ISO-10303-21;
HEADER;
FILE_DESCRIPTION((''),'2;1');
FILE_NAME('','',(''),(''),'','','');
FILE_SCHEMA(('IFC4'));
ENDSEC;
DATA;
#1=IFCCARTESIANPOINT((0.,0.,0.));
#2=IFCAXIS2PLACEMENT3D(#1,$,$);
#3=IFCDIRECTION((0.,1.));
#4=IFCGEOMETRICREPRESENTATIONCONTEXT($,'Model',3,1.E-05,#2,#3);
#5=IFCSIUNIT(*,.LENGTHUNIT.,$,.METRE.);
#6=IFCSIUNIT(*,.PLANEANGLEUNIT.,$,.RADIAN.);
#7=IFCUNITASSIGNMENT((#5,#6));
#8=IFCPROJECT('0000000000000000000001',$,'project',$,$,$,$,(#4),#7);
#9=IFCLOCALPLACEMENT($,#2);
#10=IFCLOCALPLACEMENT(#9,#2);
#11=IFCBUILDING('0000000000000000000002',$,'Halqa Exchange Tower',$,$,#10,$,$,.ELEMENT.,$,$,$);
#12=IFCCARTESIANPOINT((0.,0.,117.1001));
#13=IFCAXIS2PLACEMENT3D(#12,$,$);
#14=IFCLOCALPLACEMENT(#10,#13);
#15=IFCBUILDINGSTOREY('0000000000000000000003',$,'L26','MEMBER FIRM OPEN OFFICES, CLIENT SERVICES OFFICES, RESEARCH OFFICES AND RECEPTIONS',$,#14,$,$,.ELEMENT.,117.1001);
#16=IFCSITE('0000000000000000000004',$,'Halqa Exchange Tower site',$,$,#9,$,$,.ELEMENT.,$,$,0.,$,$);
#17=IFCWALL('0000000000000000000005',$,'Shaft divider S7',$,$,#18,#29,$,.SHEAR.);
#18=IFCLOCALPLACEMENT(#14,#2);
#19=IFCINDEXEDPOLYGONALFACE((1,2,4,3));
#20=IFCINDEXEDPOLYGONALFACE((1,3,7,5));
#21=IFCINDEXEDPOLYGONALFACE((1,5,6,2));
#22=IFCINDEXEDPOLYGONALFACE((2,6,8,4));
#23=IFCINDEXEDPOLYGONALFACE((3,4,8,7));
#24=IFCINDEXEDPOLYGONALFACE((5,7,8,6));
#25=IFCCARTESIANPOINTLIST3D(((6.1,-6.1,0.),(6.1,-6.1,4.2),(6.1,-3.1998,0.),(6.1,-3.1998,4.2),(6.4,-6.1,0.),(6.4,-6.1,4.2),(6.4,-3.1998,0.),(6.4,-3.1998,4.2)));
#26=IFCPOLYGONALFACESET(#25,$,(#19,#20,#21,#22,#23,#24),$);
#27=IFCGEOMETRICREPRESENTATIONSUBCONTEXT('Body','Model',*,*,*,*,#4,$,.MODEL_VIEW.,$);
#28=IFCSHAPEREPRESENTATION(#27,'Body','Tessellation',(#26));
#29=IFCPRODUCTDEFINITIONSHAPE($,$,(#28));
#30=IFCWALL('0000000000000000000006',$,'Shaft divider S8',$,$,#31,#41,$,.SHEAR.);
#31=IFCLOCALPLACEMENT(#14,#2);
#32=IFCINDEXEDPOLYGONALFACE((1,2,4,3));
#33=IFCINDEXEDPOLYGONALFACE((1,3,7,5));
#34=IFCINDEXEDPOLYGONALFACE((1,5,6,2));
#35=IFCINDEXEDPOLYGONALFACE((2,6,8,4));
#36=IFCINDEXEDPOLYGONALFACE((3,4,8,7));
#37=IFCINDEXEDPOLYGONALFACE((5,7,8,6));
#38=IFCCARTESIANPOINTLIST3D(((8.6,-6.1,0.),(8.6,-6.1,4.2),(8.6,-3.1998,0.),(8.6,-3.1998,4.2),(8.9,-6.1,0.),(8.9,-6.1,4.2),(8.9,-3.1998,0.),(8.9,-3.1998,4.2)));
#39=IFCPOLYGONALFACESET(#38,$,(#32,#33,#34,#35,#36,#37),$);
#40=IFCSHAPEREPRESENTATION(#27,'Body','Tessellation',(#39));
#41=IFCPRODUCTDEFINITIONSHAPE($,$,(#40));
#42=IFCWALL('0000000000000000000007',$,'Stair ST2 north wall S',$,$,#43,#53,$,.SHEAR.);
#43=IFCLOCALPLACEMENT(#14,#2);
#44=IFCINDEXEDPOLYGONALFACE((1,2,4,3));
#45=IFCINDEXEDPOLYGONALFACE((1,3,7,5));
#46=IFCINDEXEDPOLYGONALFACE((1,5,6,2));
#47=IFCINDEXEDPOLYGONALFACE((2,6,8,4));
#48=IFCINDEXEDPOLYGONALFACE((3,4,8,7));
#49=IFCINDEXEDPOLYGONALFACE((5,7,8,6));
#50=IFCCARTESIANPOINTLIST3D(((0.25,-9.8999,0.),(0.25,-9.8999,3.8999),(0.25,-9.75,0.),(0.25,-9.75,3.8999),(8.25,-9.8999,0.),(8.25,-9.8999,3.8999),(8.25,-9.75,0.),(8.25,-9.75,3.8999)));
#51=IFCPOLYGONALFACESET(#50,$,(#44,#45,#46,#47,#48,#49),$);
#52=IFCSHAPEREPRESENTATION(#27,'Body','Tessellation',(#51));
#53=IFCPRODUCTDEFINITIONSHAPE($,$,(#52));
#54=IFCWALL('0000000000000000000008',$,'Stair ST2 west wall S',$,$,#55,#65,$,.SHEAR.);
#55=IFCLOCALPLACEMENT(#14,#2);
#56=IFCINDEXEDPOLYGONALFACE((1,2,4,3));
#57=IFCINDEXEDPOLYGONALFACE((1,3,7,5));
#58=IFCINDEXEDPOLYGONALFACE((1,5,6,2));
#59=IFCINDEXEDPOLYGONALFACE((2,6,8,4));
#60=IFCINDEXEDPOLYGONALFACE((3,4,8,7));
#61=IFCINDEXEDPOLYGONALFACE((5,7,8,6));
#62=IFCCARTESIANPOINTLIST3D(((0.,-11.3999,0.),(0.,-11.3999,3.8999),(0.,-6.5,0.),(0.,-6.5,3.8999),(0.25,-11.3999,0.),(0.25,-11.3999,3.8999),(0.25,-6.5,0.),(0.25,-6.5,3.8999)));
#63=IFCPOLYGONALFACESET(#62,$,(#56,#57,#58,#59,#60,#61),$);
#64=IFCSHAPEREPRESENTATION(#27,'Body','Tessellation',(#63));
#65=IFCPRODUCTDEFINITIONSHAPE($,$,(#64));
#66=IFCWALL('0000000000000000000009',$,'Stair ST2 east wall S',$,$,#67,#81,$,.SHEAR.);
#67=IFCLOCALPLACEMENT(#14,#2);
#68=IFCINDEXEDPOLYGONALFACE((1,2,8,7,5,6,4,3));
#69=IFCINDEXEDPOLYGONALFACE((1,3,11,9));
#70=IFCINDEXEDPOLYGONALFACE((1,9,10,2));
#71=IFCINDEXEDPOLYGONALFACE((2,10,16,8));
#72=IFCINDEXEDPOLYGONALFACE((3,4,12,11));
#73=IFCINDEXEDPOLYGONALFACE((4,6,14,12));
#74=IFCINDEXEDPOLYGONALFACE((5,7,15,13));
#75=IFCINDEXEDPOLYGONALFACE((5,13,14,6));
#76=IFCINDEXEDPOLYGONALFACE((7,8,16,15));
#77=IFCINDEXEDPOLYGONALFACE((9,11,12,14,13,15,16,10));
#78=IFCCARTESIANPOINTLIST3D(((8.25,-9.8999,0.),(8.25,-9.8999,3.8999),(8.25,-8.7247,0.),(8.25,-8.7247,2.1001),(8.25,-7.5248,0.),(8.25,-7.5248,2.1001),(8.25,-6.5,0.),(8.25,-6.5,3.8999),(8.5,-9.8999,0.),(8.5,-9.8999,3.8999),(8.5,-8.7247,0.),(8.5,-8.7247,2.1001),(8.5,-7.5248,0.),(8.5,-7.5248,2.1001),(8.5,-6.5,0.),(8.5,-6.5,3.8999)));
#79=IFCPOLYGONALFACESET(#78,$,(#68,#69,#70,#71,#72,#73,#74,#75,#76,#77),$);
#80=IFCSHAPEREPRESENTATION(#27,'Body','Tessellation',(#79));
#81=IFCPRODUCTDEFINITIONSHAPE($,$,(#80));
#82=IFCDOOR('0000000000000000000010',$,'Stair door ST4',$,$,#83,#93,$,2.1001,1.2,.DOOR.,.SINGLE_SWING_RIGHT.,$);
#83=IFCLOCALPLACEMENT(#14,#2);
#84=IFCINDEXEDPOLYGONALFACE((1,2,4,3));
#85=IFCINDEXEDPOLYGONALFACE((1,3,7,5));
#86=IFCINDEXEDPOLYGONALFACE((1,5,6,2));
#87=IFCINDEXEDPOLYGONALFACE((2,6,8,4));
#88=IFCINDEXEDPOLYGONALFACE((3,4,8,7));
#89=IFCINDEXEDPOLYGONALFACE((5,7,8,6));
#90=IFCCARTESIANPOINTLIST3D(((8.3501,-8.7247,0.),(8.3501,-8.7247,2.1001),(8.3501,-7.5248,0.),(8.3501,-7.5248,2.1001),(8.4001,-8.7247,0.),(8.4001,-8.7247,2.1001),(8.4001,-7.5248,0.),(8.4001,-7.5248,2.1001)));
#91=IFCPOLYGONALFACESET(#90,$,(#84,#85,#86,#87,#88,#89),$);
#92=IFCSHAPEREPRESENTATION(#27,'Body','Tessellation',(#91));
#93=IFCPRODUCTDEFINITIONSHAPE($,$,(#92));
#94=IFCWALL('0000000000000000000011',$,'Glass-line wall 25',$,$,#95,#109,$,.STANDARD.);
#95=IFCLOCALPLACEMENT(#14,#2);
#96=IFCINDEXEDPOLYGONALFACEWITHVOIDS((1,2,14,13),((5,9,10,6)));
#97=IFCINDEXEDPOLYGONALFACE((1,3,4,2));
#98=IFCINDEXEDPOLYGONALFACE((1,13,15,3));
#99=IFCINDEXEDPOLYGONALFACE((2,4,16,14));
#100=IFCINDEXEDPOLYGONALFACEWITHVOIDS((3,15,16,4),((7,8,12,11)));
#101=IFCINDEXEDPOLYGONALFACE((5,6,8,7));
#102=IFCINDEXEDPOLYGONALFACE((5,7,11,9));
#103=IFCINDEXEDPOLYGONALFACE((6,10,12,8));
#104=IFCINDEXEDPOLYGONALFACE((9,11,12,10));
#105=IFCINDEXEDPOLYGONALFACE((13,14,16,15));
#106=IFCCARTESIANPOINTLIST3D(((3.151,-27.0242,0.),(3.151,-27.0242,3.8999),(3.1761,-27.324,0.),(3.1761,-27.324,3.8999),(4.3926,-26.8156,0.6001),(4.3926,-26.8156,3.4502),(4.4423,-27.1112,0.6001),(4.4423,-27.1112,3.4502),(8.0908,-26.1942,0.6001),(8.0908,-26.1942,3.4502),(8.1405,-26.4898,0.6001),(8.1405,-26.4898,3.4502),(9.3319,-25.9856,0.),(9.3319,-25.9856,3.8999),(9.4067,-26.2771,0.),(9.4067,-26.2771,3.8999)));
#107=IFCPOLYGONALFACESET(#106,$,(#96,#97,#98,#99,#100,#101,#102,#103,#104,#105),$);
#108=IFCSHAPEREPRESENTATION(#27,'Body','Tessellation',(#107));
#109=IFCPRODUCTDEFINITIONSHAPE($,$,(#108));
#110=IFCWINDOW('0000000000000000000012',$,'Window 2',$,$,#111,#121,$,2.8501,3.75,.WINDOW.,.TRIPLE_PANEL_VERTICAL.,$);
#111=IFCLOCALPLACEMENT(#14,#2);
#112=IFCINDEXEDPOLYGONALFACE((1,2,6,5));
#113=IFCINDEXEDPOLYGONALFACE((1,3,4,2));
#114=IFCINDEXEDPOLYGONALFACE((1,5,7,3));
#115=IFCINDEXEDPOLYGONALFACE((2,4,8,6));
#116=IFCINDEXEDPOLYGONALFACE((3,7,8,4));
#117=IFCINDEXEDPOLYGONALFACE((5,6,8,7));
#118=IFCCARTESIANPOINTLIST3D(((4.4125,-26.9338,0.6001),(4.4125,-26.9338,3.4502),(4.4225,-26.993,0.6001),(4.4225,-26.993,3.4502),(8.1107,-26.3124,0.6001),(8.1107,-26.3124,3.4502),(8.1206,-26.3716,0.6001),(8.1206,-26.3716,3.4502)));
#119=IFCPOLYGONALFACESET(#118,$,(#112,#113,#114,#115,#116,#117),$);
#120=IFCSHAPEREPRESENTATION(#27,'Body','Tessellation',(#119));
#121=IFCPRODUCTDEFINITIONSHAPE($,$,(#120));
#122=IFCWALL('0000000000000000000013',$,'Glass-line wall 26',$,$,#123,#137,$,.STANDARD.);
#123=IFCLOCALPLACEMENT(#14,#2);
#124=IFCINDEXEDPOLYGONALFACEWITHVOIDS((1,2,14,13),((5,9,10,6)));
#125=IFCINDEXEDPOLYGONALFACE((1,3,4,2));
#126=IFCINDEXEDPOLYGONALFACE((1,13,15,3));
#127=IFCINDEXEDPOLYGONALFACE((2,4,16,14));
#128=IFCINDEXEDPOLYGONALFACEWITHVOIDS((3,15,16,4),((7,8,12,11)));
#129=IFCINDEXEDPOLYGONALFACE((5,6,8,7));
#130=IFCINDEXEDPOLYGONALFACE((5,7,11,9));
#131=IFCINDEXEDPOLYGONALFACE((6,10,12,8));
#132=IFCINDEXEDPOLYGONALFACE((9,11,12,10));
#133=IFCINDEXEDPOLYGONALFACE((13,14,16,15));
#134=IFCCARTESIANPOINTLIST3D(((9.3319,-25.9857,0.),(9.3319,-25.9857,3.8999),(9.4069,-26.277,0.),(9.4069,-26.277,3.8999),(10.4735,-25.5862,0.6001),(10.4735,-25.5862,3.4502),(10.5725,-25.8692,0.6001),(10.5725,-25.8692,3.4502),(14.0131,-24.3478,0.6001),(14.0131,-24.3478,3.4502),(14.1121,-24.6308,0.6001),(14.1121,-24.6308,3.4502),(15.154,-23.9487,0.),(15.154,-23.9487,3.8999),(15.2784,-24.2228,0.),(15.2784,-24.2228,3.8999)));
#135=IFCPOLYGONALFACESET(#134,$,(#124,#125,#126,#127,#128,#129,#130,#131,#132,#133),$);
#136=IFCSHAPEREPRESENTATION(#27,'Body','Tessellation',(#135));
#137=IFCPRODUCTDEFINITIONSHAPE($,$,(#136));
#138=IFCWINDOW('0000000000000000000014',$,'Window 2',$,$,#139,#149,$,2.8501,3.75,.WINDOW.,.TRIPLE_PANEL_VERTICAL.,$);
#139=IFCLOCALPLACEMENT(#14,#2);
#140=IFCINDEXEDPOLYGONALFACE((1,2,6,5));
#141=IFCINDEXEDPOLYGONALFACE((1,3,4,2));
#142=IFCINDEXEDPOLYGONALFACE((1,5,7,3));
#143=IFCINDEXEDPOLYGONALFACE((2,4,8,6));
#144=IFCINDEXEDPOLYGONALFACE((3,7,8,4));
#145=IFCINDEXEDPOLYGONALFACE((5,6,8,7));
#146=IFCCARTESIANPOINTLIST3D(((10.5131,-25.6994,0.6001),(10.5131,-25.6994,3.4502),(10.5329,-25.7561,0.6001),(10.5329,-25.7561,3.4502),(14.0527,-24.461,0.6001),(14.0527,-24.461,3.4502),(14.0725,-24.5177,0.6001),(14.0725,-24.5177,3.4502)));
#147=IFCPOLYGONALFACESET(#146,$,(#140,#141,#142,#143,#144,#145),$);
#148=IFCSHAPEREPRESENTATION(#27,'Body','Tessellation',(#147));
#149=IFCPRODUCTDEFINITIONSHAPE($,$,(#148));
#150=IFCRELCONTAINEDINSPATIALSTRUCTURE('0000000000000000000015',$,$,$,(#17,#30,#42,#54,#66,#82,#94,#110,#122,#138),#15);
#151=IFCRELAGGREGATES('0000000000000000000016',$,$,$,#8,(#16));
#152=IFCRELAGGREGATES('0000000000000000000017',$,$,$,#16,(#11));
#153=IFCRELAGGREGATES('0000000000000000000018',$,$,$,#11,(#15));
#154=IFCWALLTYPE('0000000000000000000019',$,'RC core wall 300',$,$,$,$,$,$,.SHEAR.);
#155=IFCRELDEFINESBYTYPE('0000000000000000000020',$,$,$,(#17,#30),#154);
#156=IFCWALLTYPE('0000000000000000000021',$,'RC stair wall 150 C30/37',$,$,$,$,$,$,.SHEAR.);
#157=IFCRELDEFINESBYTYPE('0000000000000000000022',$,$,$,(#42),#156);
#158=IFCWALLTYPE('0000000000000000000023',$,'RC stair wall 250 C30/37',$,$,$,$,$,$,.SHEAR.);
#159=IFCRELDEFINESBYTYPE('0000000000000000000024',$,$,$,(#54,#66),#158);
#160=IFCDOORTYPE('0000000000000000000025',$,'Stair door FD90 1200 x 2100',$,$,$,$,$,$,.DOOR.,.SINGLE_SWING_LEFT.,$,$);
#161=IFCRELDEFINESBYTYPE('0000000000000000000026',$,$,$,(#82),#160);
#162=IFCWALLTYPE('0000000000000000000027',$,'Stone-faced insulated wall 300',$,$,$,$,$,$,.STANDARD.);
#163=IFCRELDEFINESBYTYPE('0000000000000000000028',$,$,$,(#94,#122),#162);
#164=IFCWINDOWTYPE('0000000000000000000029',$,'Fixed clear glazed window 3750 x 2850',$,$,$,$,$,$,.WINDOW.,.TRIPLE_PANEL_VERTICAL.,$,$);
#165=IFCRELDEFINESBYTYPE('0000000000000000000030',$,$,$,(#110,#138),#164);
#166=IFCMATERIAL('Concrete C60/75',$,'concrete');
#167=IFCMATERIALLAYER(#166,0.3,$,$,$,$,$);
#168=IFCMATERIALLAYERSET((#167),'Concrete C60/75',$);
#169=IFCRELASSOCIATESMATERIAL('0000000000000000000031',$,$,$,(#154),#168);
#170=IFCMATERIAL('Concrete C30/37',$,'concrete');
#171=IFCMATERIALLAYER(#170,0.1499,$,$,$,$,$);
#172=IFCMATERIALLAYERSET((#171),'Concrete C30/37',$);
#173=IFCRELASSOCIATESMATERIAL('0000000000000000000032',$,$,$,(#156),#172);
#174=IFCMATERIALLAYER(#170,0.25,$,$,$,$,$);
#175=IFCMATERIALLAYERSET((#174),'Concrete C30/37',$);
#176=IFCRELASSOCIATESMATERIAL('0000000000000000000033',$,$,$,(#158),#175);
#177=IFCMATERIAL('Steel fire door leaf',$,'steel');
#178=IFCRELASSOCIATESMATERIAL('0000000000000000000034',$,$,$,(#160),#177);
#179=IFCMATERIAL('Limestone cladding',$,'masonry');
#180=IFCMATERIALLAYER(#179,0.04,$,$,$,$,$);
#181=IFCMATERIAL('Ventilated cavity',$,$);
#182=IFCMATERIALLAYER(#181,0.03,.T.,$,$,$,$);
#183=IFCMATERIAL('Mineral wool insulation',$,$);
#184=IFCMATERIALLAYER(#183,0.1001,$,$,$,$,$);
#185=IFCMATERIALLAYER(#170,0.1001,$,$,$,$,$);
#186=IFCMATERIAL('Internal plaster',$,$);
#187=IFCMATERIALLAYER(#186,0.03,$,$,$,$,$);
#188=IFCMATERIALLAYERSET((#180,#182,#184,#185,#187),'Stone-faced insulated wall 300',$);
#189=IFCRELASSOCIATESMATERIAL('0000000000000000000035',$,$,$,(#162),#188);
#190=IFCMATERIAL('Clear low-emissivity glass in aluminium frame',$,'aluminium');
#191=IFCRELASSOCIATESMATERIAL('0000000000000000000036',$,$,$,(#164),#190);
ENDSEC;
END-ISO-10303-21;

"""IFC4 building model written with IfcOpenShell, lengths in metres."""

from ifc_helpers import new_model, si_unit, direction, frame, frame_2d, origin, place, context, subcontext, project, spatial, polyline, rectangle, outline, extrude, material, layer, layer_set, type_object, element, fill, save


model = new_model("IFC4")

# Units and contexts
model_context = context("Model", 3, precision=1e-05, world=origin(), true_north=direction((0.0, 1.0)))
body_context = subcontext(model_context, "Body", "Model", "MODEL_VIEW")
ifc_project = project(units=[si_unit("LENGTHUNIT", "METRE"), si_unit("PLANEANGLEUNIT", "RADIAN")], contexts=[model_context])

# Site, building, storey
site_placement = place(None, origin())
site = spatial("IfcSite", under=ifc_project, at=site_placement, Name="Halqa Exchange Tower site", CompositionType="ELEMENT", RefElevation=0.0)
building_placement = place(site_placement, origin())
building = spatial("IfcBuilding", under=site, at=building_placement, Name="Halqa Exchange Tower", CompositionType="ELEMENT")
storey_placement = place(building_placement, frame((0.0, 0.0, 117.1001)))
storey = spatial("IfcBuildingStorey", under=building, at=storey_placement, Name="L26", Description="MEMBER FIRM OPEN OFFICES, CLIENT SERVICES OFFICES, RESEARCH OFFICES AND RECEPTIONS", CompositionType="ELEMENT", Elevation=117.1001)

# Shared definitions
ifc_material_1 = material(Name="Concrete C60/75", Category="concrete")

# Walls
ifc_layer_1 = layer(ifc_material_1, 0.3)
ifc_layer_set_1 = layer_set([ifc_layer_1], Name="Concrete C60/75")
wall_type_1 = type_object("IfcWallType", Name="RC core wall 300", PredefinedType="SHEAR", material=ifc_layer_set_1)
for number, where, z_axis, x_axis, name in (
    (1, (6.25, -6.1001, 0.0), (0.0, 0.0, 1.0), (0.0, 1.0, 0.0), "Shaft divider S7"),
    (2, (8.75, -6.1001, 0.0), (0.0, 0.0, 1.0), (0.0, 1.0, 0.0), "Shaft divider S8"),
):
    element("IfcWall", number, at=place(storey_placement, frame(where, z_axis=z_axis, x_axis=x_axis)), inside=storey, type_object=wall_type_1, Name=name, PredefinedType="SHEAR", context=body_context, shape_type="SweptSolid", body=[
        extrude(rectangle(XDim=2.9001, YDim=0.3, at=frame_2d((1.4502, 0.0))), origin(), (0.0, 0.0, 1.0), 4.2),
    ])
ifc_material_2 = material(Name="Concrete C30/37", Category="concrete")
ifc_layer_2 = layer(ifc_material_2, 0.1499)
ifc_layer_set_2 = layer_set([ifc_layer_2], Name="Concrete C30/37")
wall_type_2 = type_object("IfcWallType", Name="RC stair wall 150 C30/37", PredefinedType="SHEAR", material=ifc_layer_set_2)
wall_1_placement = place(storey_placement, frame((0.25, -9.825, 0.0), z_axis=(0.0, 0.0, 1.0), x_axis=(1.0, 0.0, 0.0)))
element("IfcWall", 3, at=wall_1_placement, inside=storey, type_object=wall_type_2, Name="Stair ST2 north wall S", PredefinedType="SHEAR", context=body_context, shape_type="SweptSolid", body=[
    extrude(rectangle(XDim=8.0, YDim=0.1499, at=frame_2d((4.0, 0.0))), origin(), (0.0, 0.0, 1.0), 3.8999),
])
ifc_layer_3 = layer(ifc_material_2, 0.25)
ifc_layer_set_3 = layer_set([ifc_layer_3], Name="Concrete C30/37")
wall_type_3 = type_object("IfcWallType", Name="RC stair wall 250 C30/37", PredefinedType="SHEAR", material=ifc_layer_set_3)
wall_2_placement = place(storey_placement, frame((0.125, -11.3999, 0.0), z_axis=(0.0, 0.0, 1.0), x_axis=(0.0, 1.0, 0.0)))
element("IfcWall", 4, at=wall_2_placement, inside=storey, type_object=wall_type_3, Name="Stair ST2 west wall S", PredefinedType="SHEAR", context=body_context, shape_type="SweptSolid", body=[
    extrude(rectangle(XDim=4.8999, YDim=0.25, at=frame_2d((2.45, 0.0))), origin(), (0.0, 0.0, 1.0), 3.8999),
])

# Wall, opening, door
wall_3_placement = place(storey_placement, frame((8.375, -9.8999, 0.0), z_axis=(0.0, 0.0, 1.0), x_axis=(0.0, 1.0, 0.0)))
wall_3 = element("IfcWall", 5, at=wall_3_placement, inside=storey, type_object=wall_type_3, Name="Stair ST2 east wall S", PredefinedType="SHEAR", context=body_context, shape_type="SweptSolid", body=[
    extrude(rectangle(XDim=3.3999, YDim=0.25, at=frame_2d((1.7, 0.0))), origin(), (0.0, 0.0, 1.0), 3.8999),
])
opening_1_placement = place(wall_3_placement, frame((1.175, 0.0, 0.0)))
opening_1 = element("IfcOpeningElement", 6, at=opening_1_placement, cuts=wall_3, PredefinedType="OPENING", context=body_context, shape_type="SweptSolid", body=[
    extrude(rectangle(XDim=1.2, YDim=2.1001, at=frame_2d((0.6001, 1.05))), frame((0.0, 0.137, 0.0), z_axis=(0.0, -1.0, 0.0), x_axis=(1.0, 0.0, 0.0)), (0.0, 0.0, 1.0), 0.2739),
])
ifc_material_3 = material(Name="Steel fire door leaf", Category="steel")
door_type = type_object("IfcDoorType", Name="Stair door FD90 1200 x 2100", OperationType="SINGLE_SWING_LEFT", PredefinedType="DOOR", material=ifc_material_3)
door_placement = place(opening_1_placement, origin())
door = element("IfcDoor", 7, at=door_placement, inside=storey, type_object=door_type, Name="Stair door ST4", OperationType="SINGLE_SWING_RIGHT", OverallHeight=2.1001, OverallWidth=1.2, PredefinedType="DOOR", context=body_context, shape_type="SweptSolid", body=[
    extrude(rectangle(XDim=1.2, YDim=2.1001, at=frame_2d((0.6001, 1.05))), frame((0.0, 0.0249, 0.0), z_axis=(0.0, -1.0, 0.0), x_axis=(1.0, 0.0, 0.0)), (0.0, 0.0, 1.0), 0.05),
])
fill(opening_1, door)

# Walls, openings, windows
ifc_material_4 = material(Name="Limestone cladding", Category="masonry")
ifc_layer_4 = layer(ifc_material_4, 0.04)
ifc_material_5 = material(Name="Ventilated cavity")
ifc_layer_5 = layer(ifc_material_5, 0.03, ventilated=True)
ifc_material_6 = material(Name="Mineral wool insulation")
ifc_layer_6 = layer(ifc_material_6, 0.1001)
ifc_layer_7 = layer(ifc_material_2, 0.1001)
ifc_material_7 = material(Name="Internal plaster")
ifc_layer_8 = layer(ifc_material_7, 0.03)
ifc_layer_set_4 = layer_set([ifc_layer_4, ifc_layer_5, ifc_layer_6, ifc_layer_7, ifc_layer_8], Name="Stone-faced insulated wall 300")
wall_type_4 = type_object("IfcWallType", Name="Stone-faced insulated wall 300", PredefinedType="STANDARD", material=ifc_layer_set_4)
wall_4_placement = place(storey_placement, frame((3.1636, -27.1741, 0.0), z_axis=(0.0, 0.0, 1.0), x_axis=(0.986176, 0.165701, 0.0)))
wall_4 = element("IfcWall", 8, at=wall_4_placement, inside=storey, type_object=wall_type_4, Name="Glass-line wall 25", PredefinedType="STANDARD", context=body_context, shape_type="SweptSolid", body=[
    extrude(outline(polyline([(-0.0125, -0.1499), (6.3054, -0.1499), (6.28, 0.1499), (0.0125, 0.1499), (-0.0125, -0.1499)])), origin(), (0.0, 0.0, 1.0), 3.8999),
])
opening_2_placement = place(wall_4_placement, frame((1.2715, 0.0, 0.6001)))
opening_2 = element("IfcOpeningElement", 9, at=opening_2_placement, cuts=wall_4, PredefinedType="OPENING", context=body_context, shape_type="SweptSolid", body=[
    extrude(rectangle(XDim=3.75, YDim=2.8501, at=frame_2d((1.875, 1.425))), frame((0.0, 0.1621, 0.0), z_axis=(0.0, -1.0, 0.0), x_axis=(1.0, 0.0, 0.0)), (0.0, 0.0, 1.0), 0.324),
])
ifc_material_8 = material(Name="Clear low-emissivity glass in aluminium frame", Category="aluminium")
window_type = type_object("IfcWindowType", Name="Fixed clear glazed window 3750 x 2850", PartitioningType="TRIPLE_PANEL_VERTICAL", PredefinedType="WINDOW", material=ifc_material_8)
window_1_placement = place(opening_2_placement, origin())
window_1 = element("IfcWindow", 10, at=window_1_placement, inside=storey, type_object=window_type, Name="Window 2", OverallHeight=2.8501, OverallWidth=3.75, PartitioningType="TRIPLE_PANEL_VERTICAL", PredefinedType="WINDOW", context=body_context, shape_type="SweptSolid", body=[
    extrude(rectangle(XDim=3.75, YDim=2.8501, at=frame_2d((1.875, 1.425))), frame((0.0, 0.03, 0.0), z_axis=(0.0, -1.0, 0.0), x_axis=(1.0, 0.0, 0.0)), (0.0, 0.0, 1.0), 0.0601),
])
fill(opening_2, window_1)
wall_5_placement = place(storey_placement, frame((9.3694, -26.1313, 0.0), z_axis=(0.0, 0.0, 1.0), x_axis=(0.943897, 0.33024, 0.0)))
wall_5 = element("IfcWall", 11, at=wall_5_placement, inside=storey, type_object=wall_type_4, Name="Glass-line wall 26", PredefinedType="STANDARD", context=body_context, shape_type="SweptSolid", body=[
    extrude(outline(polyline([(-0.0127, -0.1499), (6.2078, -0.1499), (6.1809, 0.1499), (0.0127, 0.1499), (-0.0127, -0.1499)])), origin(), (0.0, 0.0, 1.0), 3.8999),
])
opening_3_placement = place(wall_5_placement, frame((1.2222, 0.0, 0.6001)))
opening_3 = element("IfcOpeningElement", 12, at=opening_3_placement, cuts=wall_5, PredefinedType="OPENING", context=body_context, shape_type="SweptSolid", body=[
    extrude(rectangle(XDim=3.75, YDim=2.8501, at=frame_2d((1.875, 1.425))), frame((0.0, 0.1621, 0.0), z_axis=(0.0, -1.0, 0.0), x_axis=(1.0, 0.0, 0.0)), (0.0, 0.0, 1.0), 0.324),
])
window_2_placement = place(opening_3_placement, origin())
window_2 = element("IfcWindow", 13, at=window_2_placement, inside=storey, type_object=window_type, Name="Window 2", OverallHeight=2.8501, OverallWidth=3.75, PartitioningType="TRIPLE_PANEL_VERTICAL", PredefinedType="WINDOW", context=body_context, shape_type="SweptSolid", body=[
    extrude(rectangle(XDim=3.75, YDim=2.8501, at=frame_2d((1.875, 1.425))), frame((0.0, 0.03, 0.0), z_axis=(0.0, -1.0, 0.0), x_axis=(1.0, 0.0, 0.0)), (0.0, 0.0, 1.0), 0.0601),
])
fill(opening_3, window_2)

save(model, "model.ifc")
